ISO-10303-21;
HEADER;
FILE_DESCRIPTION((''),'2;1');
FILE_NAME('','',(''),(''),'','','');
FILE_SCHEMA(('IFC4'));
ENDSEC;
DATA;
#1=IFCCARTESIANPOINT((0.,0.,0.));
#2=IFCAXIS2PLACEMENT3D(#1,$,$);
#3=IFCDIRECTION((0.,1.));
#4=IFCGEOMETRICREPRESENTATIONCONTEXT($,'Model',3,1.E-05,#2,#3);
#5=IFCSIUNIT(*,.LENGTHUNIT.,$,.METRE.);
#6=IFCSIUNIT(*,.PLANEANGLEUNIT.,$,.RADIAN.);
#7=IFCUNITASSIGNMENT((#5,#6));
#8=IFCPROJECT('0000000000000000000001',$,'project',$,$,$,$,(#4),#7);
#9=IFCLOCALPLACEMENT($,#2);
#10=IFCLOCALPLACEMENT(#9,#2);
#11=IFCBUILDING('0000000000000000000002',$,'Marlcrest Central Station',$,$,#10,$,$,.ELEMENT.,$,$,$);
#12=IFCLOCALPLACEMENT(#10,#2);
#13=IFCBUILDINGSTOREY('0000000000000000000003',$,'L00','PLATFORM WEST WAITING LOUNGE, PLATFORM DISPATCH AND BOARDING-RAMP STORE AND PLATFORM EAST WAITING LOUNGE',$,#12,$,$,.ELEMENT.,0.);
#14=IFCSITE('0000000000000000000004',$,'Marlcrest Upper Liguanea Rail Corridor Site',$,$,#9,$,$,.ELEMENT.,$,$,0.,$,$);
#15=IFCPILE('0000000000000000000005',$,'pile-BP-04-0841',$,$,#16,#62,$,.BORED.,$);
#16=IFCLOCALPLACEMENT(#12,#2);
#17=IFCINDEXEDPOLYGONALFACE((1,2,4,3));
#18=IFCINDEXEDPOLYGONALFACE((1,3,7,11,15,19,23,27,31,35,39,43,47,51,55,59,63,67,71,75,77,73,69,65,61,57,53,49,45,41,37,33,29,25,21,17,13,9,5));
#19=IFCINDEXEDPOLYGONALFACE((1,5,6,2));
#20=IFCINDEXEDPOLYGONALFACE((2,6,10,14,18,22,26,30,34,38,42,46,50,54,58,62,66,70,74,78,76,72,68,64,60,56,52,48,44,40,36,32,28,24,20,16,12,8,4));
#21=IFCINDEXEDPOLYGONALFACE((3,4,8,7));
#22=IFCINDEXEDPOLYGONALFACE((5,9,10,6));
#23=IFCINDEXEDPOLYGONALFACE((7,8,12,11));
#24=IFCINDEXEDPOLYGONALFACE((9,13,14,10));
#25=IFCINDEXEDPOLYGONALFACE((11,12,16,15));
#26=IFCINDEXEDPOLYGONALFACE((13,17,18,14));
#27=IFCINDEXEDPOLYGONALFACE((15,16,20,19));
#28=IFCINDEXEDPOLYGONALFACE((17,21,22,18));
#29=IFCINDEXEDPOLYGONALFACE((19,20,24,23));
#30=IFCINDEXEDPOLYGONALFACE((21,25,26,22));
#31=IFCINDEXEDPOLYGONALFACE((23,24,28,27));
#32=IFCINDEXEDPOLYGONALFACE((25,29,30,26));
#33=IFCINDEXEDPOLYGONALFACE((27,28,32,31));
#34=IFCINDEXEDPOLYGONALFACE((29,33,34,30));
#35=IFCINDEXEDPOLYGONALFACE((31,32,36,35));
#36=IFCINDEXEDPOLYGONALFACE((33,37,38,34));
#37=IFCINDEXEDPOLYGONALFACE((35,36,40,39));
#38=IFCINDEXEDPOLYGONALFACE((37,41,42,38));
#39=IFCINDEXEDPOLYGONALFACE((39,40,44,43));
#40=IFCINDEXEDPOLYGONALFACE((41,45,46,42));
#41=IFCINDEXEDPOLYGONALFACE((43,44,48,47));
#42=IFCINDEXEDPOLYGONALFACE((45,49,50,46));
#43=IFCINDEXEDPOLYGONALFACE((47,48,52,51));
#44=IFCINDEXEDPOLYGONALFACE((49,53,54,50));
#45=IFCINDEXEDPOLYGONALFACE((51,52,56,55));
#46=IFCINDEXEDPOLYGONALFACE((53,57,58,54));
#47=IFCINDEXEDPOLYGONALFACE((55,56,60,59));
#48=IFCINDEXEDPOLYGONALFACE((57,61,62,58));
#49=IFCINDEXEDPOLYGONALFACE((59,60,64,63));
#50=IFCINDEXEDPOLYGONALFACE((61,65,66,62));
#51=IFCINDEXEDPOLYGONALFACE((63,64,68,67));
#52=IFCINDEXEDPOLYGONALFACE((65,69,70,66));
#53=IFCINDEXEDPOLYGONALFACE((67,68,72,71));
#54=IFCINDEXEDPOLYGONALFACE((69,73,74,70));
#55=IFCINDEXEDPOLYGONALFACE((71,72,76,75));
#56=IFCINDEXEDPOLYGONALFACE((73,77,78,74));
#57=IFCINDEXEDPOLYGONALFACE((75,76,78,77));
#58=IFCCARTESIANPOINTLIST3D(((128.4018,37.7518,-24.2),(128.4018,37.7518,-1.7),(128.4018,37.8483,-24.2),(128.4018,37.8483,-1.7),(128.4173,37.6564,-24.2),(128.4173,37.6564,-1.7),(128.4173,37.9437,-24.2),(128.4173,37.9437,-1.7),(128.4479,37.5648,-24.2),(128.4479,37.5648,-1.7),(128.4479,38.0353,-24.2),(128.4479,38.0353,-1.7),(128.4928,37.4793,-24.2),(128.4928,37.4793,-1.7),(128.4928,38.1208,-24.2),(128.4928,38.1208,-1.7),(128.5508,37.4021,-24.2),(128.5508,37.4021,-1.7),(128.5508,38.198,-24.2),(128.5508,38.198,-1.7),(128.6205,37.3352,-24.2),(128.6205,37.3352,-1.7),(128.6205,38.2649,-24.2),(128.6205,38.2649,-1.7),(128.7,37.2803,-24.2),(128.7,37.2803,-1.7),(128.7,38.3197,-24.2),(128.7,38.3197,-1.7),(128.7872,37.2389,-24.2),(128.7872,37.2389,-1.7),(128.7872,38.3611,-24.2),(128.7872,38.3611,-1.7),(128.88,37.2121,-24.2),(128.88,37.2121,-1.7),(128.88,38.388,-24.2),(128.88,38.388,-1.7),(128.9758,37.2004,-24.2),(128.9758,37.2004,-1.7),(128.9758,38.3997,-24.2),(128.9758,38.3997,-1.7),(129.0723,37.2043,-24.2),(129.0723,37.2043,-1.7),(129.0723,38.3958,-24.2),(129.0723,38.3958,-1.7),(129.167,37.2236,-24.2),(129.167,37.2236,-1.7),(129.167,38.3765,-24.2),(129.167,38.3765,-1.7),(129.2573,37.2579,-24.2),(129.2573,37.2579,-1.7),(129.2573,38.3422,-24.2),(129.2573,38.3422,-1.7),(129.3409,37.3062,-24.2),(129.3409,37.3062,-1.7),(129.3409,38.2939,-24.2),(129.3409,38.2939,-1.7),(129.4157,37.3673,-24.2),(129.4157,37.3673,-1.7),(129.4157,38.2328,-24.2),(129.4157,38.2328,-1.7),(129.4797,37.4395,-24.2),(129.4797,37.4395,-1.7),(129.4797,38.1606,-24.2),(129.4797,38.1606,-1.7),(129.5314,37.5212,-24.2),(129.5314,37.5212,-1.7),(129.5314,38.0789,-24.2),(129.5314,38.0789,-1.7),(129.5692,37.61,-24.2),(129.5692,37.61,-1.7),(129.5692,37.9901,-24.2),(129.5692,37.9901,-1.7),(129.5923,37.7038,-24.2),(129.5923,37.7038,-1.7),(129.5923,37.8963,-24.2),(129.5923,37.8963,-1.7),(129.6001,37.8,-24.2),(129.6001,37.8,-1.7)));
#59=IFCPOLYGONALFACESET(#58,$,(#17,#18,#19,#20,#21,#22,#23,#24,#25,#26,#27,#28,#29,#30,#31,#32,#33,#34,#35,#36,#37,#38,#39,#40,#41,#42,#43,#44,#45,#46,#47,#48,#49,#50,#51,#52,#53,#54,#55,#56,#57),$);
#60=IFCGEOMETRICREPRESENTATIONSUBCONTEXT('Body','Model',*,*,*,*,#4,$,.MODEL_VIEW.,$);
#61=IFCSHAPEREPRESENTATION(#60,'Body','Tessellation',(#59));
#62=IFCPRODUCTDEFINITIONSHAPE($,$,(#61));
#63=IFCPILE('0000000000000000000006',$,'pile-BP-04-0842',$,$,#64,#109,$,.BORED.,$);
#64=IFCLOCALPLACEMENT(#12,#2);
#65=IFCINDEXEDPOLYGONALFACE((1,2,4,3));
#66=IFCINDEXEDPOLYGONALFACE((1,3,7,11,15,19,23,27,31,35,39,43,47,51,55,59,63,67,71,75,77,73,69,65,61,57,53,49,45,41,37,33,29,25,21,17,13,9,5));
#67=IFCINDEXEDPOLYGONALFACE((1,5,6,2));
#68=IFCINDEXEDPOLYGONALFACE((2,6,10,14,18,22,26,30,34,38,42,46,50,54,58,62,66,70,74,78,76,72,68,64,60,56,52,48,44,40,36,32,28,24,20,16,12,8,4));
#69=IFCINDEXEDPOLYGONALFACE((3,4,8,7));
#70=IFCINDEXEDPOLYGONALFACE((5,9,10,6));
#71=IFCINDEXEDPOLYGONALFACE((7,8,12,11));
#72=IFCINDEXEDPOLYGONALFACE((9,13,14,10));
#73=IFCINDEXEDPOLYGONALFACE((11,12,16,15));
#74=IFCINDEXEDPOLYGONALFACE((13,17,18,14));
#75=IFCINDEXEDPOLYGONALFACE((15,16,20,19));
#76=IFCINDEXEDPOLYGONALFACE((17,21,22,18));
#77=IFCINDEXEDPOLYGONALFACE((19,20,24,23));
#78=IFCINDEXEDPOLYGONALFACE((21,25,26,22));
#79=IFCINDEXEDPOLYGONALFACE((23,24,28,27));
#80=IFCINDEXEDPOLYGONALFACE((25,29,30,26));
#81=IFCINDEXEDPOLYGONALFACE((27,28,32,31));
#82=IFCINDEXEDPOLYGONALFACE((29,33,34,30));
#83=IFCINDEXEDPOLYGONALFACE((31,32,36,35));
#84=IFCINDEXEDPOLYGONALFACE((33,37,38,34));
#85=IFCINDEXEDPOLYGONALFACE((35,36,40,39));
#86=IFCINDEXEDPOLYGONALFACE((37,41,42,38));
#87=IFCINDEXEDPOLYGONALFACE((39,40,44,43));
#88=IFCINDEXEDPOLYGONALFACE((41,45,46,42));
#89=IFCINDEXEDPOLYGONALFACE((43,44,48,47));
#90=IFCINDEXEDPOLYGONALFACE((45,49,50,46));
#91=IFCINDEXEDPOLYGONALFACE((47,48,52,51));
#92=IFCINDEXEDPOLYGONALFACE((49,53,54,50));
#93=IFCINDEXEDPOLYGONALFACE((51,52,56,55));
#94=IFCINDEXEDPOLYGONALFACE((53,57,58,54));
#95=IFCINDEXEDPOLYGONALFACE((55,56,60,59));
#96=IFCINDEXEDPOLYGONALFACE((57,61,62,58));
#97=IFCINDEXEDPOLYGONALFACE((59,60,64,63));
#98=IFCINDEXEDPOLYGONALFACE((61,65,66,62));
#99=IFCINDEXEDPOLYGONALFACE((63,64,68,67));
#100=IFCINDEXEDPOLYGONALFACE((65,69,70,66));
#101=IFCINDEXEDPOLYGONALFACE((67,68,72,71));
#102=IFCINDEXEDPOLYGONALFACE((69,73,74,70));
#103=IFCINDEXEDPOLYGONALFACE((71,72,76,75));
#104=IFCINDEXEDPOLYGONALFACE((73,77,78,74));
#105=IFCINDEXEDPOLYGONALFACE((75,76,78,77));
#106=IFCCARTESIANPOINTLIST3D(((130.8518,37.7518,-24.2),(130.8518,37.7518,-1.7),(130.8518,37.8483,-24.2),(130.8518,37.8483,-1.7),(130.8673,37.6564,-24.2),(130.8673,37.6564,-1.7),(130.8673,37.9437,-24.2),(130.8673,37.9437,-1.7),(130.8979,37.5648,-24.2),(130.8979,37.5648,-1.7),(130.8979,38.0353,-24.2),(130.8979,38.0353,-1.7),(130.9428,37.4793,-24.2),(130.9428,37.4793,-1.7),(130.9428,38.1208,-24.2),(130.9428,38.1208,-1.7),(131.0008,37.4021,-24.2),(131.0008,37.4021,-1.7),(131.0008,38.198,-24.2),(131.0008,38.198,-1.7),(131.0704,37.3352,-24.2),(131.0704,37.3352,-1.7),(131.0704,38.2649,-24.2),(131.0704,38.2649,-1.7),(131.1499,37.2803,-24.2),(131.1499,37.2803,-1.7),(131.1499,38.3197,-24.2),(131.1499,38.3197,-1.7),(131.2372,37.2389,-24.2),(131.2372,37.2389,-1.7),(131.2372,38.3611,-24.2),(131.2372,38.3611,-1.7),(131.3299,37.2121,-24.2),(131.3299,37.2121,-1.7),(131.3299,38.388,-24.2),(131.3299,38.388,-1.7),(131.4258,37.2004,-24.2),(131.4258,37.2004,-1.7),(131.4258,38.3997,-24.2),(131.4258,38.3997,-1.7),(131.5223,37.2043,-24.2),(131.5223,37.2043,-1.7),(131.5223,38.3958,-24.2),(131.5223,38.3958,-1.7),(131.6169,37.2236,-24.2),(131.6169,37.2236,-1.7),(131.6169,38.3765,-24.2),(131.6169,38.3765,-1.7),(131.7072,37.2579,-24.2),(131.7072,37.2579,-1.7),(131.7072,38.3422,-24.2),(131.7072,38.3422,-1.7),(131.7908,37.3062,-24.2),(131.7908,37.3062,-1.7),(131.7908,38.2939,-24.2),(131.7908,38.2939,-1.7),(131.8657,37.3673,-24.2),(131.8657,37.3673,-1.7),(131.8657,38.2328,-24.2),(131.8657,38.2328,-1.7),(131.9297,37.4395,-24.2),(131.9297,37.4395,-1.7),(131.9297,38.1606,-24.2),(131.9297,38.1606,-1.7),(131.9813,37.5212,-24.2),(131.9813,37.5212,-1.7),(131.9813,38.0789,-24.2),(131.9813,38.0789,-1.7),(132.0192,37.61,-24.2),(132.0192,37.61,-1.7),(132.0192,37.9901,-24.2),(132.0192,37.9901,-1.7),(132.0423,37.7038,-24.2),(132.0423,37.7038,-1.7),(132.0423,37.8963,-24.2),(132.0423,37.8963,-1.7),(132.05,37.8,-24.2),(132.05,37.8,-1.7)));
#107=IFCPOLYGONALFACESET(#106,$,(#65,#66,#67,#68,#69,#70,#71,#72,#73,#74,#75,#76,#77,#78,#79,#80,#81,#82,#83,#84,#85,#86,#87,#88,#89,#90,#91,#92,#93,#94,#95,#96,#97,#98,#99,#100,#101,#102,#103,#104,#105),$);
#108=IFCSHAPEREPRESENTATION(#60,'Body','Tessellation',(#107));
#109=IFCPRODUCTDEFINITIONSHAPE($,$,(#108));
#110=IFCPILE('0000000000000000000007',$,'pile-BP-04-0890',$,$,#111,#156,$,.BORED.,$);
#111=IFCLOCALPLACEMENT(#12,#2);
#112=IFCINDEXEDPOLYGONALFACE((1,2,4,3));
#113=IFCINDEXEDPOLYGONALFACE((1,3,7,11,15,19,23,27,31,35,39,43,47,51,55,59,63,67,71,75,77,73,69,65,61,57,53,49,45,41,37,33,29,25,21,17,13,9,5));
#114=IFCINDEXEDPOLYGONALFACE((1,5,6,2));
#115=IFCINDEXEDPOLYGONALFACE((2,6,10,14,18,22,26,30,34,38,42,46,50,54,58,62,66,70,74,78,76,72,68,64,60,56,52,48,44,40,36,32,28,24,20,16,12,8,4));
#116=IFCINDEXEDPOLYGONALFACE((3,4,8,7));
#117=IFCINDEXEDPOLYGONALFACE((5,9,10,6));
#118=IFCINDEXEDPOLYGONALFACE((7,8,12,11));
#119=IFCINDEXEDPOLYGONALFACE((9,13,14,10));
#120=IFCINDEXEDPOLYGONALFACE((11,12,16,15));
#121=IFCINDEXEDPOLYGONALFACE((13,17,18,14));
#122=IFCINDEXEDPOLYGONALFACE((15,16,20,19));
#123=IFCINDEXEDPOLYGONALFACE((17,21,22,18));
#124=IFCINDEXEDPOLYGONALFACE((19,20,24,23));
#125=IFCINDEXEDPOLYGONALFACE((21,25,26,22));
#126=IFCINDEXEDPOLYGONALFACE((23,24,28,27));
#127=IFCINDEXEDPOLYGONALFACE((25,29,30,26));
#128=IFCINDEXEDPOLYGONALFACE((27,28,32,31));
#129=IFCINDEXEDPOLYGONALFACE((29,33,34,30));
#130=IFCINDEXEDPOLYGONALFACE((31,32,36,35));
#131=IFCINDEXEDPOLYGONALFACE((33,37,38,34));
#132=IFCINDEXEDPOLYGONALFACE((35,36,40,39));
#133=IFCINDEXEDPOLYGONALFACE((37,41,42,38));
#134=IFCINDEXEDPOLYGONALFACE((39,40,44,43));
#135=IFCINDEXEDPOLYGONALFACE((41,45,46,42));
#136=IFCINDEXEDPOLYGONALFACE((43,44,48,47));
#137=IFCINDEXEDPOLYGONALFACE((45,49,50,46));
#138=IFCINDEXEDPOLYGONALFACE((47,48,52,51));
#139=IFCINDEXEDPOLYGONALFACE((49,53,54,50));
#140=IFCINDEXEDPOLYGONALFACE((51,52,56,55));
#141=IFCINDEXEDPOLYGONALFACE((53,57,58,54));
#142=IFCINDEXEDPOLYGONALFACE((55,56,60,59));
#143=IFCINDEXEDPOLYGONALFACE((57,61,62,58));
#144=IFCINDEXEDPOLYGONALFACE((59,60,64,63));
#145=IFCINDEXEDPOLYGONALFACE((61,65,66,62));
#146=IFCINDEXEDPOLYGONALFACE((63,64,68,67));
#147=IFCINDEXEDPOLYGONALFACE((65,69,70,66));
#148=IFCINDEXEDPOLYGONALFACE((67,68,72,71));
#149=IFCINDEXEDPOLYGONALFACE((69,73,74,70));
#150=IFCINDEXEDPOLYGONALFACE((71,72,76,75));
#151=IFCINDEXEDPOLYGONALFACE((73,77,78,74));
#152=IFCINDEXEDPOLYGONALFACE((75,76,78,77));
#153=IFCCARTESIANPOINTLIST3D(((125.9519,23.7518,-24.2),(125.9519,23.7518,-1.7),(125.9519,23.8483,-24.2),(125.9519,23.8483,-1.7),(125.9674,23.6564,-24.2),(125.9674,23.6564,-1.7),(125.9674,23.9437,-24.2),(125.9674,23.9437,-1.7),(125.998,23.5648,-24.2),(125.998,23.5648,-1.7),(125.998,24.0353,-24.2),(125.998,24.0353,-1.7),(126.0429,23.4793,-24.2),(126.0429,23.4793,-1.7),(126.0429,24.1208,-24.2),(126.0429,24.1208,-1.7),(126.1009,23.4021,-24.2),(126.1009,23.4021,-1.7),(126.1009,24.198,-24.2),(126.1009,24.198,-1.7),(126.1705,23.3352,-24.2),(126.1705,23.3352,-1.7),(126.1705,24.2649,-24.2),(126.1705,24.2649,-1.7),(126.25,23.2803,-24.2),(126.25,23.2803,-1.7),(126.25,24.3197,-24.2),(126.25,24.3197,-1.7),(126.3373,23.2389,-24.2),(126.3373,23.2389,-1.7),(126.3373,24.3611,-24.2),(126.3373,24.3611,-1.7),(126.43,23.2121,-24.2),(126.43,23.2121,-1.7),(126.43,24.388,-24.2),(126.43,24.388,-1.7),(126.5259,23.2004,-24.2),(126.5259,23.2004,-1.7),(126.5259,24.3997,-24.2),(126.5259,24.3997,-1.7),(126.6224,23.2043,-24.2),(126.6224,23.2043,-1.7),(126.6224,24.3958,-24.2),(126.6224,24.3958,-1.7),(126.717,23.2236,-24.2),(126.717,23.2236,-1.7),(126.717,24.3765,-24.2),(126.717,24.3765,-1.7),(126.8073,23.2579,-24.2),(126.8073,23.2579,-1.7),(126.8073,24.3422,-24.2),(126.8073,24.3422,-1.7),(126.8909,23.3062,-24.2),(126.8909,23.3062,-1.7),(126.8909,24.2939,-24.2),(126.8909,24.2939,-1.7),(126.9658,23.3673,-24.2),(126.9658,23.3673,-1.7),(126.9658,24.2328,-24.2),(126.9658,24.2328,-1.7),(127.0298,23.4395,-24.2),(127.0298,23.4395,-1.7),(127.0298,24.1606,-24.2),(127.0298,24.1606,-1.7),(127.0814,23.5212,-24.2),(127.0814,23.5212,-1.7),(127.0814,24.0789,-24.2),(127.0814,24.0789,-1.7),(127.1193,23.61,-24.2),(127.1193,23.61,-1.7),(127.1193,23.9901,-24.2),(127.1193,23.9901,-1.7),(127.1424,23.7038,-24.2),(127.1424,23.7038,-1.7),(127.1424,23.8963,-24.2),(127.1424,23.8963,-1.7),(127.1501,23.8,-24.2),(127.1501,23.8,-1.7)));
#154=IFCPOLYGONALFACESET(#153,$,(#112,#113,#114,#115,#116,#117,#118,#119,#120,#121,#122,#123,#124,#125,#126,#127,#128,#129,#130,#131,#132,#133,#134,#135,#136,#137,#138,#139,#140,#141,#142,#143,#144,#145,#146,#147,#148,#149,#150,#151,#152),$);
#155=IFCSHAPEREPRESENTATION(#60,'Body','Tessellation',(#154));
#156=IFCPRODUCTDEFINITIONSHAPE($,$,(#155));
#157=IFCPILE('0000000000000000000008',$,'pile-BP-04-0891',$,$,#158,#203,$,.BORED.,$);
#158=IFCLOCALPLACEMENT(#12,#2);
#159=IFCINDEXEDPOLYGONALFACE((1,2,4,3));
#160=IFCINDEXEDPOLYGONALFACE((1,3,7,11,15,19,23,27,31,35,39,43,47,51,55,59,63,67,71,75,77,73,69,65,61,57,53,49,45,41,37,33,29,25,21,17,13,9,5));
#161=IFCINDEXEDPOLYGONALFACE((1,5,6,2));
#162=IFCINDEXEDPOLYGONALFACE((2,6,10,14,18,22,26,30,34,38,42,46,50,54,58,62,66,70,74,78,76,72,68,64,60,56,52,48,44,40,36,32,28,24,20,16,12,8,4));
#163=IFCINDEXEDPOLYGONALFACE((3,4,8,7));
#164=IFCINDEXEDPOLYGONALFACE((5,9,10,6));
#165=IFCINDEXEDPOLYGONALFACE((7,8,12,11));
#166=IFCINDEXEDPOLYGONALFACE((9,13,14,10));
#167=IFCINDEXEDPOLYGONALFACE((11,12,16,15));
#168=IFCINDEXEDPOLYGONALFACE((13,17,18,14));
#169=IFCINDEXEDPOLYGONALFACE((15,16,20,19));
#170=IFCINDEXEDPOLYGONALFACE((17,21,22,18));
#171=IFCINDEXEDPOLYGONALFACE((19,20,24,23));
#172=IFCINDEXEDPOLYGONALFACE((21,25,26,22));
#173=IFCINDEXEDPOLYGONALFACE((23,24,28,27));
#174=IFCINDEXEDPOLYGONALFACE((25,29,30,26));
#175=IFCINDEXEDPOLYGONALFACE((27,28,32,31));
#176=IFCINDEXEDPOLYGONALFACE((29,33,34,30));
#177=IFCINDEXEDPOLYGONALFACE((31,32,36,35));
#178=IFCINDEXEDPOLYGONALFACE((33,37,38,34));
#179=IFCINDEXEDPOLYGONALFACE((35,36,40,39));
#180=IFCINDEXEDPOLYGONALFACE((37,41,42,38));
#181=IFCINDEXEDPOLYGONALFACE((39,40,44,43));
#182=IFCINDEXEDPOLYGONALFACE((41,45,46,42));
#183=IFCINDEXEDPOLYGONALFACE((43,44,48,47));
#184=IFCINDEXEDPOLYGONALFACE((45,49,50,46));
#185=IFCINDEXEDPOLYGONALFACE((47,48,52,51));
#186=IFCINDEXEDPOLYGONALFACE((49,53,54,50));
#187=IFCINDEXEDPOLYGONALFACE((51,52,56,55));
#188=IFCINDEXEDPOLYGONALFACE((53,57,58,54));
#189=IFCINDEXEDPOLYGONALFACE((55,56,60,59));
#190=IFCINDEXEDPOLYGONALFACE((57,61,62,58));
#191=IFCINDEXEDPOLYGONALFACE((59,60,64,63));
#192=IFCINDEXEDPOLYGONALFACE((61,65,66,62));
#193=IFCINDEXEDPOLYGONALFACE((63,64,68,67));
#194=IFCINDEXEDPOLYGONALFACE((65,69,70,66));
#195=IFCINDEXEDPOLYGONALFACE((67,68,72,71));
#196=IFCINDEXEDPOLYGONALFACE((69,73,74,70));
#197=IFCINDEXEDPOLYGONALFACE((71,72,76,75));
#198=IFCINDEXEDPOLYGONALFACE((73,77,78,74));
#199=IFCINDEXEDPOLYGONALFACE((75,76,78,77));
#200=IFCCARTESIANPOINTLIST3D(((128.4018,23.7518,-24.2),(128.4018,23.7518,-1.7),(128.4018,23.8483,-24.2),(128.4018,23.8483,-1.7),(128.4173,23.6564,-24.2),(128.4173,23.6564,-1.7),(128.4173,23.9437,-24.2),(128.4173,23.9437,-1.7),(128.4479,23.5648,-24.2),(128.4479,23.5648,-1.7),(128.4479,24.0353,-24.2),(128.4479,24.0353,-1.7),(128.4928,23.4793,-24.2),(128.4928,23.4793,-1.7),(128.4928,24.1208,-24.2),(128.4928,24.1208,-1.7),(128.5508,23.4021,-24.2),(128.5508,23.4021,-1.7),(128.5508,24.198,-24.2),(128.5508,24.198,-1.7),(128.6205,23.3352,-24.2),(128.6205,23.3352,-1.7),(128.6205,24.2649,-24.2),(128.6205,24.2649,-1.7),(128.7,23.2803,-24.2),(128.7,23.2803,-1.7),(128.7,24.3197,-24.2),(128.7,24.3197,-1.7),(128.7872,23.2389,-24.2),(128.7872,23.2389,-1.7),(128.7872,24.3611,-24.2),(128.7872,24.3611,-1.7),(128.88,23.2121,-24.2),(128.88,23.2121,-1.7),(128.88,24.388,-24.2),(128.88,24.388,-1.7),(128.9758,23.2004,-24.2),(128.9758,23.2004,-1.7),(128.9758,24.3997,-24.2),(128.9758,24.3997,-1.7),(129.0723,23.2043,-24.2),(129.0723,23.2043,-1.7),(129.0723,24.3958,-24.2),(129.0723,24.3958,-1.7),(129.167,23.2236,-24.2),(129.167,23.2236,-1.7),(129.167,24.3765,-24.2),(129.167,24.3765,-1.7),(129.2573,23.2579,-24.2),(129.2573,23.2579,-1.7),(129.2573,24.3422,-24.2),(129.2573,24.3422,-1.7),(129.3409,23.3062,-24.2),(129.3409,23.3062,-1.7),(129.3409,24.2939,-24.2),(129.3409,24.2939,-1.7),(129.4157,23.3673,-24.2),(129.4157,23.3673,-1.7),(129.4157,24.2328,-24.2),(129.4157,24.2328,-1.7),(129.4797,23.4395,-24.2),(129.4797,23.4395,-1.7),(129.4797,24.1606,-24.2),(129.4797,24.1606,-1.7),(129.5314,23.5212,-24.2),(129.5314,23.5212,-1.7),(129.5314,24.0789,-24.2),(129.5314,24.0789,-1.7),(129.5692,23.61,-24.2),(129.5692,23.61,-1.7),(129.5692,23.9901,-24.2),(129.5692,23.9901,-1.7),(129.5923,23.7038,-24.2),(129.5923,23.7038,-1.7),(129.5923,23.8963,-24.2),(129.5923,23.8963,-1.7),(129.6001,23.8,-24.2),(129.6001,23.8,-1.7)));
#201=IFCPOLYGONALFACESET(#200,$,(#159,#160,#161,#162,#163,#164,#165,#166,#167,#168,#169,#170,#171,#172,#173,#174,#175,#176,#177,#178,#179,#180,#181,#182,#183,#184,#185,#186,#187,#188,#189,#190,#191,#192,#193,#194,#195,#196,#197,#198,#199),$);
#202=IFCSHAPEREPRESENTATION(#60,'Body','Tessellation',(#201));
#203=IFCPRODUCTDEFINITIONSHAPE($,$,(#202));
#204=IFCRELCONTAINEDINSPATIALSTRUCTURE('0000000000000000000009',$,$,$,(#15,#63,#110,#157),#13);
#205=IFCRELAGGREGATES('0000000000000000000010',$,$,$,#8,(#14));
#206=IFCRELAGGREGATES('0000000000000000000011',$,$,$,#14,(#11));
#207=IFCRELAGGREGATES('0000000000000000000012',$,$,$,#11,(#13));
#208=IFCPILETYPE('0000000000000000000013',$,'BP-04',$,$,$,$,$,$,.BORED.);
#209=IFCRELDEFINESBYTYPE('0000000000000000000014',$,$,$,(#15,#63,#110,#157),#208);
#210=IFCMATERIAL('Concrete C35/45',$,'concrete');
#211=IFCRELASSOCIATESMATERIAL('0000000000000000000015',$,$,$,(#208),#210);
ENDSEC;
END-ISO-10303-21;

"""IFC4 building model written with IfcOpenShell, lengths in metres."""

from ifc_helpers import new_model, si_unit, direction, frame, origin, origin_2d, place, context, subcontext, project, spatial, circle, extrude, material, material_profile, profile_set, type_object, element, save


model = new_model("IFC4")

# Units and contexts
model_context = context("Model", 3, precision=1e-05, world=origin(), true_north=direction((0.0, 1.0)))
body_context = subcontext(model_context, "Body", "Model", "MODEL_VIEW")
ifc_project = project(units=[si_unit("LENGTHUNIT", "METRE"), si_unit("PLANEANGLEUNIT", "RADIAN")], contexts=[model_context])

# Site, building, storey
site_placement = place(None, origin())
site = spatial("IfcSite", under=ifc_project, at=site_placement, Name="Marlcrest Upper Liguanea Rail Corridor Site", CompositionType="ELEMENT", RefElevation=0.0)
building_placement = place(site_placement, origin())
building = spatial("IfcBuilding", under=site, at=building_placement, Name="Marlcrest Central Station", CompositionType="ELEMENT")
storey_placement = place(building_placement, origin())
storey = spatial("IfcBuildingStorey", under=building, at=storey_placement, Name="L00", Description="PLATFORM WEST WAITING LOUNGE, PLATFORM DISPATCH AND BOARDING-RAMP STORE AND PLATFORM EAST WAITING LOUNGE", CompositionType="ELEMENT", Elevation=0.0)

# Piles
ifc_material_1 = material(Name="Concrete C35/45", Category="concrete")
ifc_material_profile_1 = material_profile(ifc_material_1, circle(Radius=0.6001, at=origin_2d()), Name="PILE D1200")
ifc_profile_set_1 = profile_set([ifc_material_profile_1], Name="Concrete C35/45")
pile_type = type_object("IfcPileType", Name="BP-04", PredefinedType="BORED", material=ifc_profile_set_1)
for number, where, z_axis, x_axis, name in (
    (1, (129.0, 37.8, -1.7), (0.0, 0.0, -1.0), (1.0, 0.0, 0.0), "pile-BP-04-0841"),
    (2, (131.45, 37.8, -1.7), (0.0, 0.0, -1.0), (1.0, 0.0, 0.0), "pile-BP-04-0842"),
    (3, (126.55, 23.8, -1.7), (0.0, 0.0, -1.0), (1.0, 0.0, 0.0), "pile-BP-04-0890"),
    (4, (129.0, 23.8, -1.7), (0.0, 0.0, -1.0), (1.0, 0.0, 0.0), "pile-BP-04-0891"),
):
    element("IfcPile", number, at=place(storey_placement, frame(where, z_axis=z_axis, x_axis=x_axis)), inside=storey, type_object=pile_type, Name=name, PredefinedType="BORED", context=body_context, shape_type="SweptSolid", body=[
        extrude(circle(Radius=0.6001, at=origin_2d()), origin(), (0.0, 0.0, 1.0), 22.5),
    ])

save(model, "model.ifc")
